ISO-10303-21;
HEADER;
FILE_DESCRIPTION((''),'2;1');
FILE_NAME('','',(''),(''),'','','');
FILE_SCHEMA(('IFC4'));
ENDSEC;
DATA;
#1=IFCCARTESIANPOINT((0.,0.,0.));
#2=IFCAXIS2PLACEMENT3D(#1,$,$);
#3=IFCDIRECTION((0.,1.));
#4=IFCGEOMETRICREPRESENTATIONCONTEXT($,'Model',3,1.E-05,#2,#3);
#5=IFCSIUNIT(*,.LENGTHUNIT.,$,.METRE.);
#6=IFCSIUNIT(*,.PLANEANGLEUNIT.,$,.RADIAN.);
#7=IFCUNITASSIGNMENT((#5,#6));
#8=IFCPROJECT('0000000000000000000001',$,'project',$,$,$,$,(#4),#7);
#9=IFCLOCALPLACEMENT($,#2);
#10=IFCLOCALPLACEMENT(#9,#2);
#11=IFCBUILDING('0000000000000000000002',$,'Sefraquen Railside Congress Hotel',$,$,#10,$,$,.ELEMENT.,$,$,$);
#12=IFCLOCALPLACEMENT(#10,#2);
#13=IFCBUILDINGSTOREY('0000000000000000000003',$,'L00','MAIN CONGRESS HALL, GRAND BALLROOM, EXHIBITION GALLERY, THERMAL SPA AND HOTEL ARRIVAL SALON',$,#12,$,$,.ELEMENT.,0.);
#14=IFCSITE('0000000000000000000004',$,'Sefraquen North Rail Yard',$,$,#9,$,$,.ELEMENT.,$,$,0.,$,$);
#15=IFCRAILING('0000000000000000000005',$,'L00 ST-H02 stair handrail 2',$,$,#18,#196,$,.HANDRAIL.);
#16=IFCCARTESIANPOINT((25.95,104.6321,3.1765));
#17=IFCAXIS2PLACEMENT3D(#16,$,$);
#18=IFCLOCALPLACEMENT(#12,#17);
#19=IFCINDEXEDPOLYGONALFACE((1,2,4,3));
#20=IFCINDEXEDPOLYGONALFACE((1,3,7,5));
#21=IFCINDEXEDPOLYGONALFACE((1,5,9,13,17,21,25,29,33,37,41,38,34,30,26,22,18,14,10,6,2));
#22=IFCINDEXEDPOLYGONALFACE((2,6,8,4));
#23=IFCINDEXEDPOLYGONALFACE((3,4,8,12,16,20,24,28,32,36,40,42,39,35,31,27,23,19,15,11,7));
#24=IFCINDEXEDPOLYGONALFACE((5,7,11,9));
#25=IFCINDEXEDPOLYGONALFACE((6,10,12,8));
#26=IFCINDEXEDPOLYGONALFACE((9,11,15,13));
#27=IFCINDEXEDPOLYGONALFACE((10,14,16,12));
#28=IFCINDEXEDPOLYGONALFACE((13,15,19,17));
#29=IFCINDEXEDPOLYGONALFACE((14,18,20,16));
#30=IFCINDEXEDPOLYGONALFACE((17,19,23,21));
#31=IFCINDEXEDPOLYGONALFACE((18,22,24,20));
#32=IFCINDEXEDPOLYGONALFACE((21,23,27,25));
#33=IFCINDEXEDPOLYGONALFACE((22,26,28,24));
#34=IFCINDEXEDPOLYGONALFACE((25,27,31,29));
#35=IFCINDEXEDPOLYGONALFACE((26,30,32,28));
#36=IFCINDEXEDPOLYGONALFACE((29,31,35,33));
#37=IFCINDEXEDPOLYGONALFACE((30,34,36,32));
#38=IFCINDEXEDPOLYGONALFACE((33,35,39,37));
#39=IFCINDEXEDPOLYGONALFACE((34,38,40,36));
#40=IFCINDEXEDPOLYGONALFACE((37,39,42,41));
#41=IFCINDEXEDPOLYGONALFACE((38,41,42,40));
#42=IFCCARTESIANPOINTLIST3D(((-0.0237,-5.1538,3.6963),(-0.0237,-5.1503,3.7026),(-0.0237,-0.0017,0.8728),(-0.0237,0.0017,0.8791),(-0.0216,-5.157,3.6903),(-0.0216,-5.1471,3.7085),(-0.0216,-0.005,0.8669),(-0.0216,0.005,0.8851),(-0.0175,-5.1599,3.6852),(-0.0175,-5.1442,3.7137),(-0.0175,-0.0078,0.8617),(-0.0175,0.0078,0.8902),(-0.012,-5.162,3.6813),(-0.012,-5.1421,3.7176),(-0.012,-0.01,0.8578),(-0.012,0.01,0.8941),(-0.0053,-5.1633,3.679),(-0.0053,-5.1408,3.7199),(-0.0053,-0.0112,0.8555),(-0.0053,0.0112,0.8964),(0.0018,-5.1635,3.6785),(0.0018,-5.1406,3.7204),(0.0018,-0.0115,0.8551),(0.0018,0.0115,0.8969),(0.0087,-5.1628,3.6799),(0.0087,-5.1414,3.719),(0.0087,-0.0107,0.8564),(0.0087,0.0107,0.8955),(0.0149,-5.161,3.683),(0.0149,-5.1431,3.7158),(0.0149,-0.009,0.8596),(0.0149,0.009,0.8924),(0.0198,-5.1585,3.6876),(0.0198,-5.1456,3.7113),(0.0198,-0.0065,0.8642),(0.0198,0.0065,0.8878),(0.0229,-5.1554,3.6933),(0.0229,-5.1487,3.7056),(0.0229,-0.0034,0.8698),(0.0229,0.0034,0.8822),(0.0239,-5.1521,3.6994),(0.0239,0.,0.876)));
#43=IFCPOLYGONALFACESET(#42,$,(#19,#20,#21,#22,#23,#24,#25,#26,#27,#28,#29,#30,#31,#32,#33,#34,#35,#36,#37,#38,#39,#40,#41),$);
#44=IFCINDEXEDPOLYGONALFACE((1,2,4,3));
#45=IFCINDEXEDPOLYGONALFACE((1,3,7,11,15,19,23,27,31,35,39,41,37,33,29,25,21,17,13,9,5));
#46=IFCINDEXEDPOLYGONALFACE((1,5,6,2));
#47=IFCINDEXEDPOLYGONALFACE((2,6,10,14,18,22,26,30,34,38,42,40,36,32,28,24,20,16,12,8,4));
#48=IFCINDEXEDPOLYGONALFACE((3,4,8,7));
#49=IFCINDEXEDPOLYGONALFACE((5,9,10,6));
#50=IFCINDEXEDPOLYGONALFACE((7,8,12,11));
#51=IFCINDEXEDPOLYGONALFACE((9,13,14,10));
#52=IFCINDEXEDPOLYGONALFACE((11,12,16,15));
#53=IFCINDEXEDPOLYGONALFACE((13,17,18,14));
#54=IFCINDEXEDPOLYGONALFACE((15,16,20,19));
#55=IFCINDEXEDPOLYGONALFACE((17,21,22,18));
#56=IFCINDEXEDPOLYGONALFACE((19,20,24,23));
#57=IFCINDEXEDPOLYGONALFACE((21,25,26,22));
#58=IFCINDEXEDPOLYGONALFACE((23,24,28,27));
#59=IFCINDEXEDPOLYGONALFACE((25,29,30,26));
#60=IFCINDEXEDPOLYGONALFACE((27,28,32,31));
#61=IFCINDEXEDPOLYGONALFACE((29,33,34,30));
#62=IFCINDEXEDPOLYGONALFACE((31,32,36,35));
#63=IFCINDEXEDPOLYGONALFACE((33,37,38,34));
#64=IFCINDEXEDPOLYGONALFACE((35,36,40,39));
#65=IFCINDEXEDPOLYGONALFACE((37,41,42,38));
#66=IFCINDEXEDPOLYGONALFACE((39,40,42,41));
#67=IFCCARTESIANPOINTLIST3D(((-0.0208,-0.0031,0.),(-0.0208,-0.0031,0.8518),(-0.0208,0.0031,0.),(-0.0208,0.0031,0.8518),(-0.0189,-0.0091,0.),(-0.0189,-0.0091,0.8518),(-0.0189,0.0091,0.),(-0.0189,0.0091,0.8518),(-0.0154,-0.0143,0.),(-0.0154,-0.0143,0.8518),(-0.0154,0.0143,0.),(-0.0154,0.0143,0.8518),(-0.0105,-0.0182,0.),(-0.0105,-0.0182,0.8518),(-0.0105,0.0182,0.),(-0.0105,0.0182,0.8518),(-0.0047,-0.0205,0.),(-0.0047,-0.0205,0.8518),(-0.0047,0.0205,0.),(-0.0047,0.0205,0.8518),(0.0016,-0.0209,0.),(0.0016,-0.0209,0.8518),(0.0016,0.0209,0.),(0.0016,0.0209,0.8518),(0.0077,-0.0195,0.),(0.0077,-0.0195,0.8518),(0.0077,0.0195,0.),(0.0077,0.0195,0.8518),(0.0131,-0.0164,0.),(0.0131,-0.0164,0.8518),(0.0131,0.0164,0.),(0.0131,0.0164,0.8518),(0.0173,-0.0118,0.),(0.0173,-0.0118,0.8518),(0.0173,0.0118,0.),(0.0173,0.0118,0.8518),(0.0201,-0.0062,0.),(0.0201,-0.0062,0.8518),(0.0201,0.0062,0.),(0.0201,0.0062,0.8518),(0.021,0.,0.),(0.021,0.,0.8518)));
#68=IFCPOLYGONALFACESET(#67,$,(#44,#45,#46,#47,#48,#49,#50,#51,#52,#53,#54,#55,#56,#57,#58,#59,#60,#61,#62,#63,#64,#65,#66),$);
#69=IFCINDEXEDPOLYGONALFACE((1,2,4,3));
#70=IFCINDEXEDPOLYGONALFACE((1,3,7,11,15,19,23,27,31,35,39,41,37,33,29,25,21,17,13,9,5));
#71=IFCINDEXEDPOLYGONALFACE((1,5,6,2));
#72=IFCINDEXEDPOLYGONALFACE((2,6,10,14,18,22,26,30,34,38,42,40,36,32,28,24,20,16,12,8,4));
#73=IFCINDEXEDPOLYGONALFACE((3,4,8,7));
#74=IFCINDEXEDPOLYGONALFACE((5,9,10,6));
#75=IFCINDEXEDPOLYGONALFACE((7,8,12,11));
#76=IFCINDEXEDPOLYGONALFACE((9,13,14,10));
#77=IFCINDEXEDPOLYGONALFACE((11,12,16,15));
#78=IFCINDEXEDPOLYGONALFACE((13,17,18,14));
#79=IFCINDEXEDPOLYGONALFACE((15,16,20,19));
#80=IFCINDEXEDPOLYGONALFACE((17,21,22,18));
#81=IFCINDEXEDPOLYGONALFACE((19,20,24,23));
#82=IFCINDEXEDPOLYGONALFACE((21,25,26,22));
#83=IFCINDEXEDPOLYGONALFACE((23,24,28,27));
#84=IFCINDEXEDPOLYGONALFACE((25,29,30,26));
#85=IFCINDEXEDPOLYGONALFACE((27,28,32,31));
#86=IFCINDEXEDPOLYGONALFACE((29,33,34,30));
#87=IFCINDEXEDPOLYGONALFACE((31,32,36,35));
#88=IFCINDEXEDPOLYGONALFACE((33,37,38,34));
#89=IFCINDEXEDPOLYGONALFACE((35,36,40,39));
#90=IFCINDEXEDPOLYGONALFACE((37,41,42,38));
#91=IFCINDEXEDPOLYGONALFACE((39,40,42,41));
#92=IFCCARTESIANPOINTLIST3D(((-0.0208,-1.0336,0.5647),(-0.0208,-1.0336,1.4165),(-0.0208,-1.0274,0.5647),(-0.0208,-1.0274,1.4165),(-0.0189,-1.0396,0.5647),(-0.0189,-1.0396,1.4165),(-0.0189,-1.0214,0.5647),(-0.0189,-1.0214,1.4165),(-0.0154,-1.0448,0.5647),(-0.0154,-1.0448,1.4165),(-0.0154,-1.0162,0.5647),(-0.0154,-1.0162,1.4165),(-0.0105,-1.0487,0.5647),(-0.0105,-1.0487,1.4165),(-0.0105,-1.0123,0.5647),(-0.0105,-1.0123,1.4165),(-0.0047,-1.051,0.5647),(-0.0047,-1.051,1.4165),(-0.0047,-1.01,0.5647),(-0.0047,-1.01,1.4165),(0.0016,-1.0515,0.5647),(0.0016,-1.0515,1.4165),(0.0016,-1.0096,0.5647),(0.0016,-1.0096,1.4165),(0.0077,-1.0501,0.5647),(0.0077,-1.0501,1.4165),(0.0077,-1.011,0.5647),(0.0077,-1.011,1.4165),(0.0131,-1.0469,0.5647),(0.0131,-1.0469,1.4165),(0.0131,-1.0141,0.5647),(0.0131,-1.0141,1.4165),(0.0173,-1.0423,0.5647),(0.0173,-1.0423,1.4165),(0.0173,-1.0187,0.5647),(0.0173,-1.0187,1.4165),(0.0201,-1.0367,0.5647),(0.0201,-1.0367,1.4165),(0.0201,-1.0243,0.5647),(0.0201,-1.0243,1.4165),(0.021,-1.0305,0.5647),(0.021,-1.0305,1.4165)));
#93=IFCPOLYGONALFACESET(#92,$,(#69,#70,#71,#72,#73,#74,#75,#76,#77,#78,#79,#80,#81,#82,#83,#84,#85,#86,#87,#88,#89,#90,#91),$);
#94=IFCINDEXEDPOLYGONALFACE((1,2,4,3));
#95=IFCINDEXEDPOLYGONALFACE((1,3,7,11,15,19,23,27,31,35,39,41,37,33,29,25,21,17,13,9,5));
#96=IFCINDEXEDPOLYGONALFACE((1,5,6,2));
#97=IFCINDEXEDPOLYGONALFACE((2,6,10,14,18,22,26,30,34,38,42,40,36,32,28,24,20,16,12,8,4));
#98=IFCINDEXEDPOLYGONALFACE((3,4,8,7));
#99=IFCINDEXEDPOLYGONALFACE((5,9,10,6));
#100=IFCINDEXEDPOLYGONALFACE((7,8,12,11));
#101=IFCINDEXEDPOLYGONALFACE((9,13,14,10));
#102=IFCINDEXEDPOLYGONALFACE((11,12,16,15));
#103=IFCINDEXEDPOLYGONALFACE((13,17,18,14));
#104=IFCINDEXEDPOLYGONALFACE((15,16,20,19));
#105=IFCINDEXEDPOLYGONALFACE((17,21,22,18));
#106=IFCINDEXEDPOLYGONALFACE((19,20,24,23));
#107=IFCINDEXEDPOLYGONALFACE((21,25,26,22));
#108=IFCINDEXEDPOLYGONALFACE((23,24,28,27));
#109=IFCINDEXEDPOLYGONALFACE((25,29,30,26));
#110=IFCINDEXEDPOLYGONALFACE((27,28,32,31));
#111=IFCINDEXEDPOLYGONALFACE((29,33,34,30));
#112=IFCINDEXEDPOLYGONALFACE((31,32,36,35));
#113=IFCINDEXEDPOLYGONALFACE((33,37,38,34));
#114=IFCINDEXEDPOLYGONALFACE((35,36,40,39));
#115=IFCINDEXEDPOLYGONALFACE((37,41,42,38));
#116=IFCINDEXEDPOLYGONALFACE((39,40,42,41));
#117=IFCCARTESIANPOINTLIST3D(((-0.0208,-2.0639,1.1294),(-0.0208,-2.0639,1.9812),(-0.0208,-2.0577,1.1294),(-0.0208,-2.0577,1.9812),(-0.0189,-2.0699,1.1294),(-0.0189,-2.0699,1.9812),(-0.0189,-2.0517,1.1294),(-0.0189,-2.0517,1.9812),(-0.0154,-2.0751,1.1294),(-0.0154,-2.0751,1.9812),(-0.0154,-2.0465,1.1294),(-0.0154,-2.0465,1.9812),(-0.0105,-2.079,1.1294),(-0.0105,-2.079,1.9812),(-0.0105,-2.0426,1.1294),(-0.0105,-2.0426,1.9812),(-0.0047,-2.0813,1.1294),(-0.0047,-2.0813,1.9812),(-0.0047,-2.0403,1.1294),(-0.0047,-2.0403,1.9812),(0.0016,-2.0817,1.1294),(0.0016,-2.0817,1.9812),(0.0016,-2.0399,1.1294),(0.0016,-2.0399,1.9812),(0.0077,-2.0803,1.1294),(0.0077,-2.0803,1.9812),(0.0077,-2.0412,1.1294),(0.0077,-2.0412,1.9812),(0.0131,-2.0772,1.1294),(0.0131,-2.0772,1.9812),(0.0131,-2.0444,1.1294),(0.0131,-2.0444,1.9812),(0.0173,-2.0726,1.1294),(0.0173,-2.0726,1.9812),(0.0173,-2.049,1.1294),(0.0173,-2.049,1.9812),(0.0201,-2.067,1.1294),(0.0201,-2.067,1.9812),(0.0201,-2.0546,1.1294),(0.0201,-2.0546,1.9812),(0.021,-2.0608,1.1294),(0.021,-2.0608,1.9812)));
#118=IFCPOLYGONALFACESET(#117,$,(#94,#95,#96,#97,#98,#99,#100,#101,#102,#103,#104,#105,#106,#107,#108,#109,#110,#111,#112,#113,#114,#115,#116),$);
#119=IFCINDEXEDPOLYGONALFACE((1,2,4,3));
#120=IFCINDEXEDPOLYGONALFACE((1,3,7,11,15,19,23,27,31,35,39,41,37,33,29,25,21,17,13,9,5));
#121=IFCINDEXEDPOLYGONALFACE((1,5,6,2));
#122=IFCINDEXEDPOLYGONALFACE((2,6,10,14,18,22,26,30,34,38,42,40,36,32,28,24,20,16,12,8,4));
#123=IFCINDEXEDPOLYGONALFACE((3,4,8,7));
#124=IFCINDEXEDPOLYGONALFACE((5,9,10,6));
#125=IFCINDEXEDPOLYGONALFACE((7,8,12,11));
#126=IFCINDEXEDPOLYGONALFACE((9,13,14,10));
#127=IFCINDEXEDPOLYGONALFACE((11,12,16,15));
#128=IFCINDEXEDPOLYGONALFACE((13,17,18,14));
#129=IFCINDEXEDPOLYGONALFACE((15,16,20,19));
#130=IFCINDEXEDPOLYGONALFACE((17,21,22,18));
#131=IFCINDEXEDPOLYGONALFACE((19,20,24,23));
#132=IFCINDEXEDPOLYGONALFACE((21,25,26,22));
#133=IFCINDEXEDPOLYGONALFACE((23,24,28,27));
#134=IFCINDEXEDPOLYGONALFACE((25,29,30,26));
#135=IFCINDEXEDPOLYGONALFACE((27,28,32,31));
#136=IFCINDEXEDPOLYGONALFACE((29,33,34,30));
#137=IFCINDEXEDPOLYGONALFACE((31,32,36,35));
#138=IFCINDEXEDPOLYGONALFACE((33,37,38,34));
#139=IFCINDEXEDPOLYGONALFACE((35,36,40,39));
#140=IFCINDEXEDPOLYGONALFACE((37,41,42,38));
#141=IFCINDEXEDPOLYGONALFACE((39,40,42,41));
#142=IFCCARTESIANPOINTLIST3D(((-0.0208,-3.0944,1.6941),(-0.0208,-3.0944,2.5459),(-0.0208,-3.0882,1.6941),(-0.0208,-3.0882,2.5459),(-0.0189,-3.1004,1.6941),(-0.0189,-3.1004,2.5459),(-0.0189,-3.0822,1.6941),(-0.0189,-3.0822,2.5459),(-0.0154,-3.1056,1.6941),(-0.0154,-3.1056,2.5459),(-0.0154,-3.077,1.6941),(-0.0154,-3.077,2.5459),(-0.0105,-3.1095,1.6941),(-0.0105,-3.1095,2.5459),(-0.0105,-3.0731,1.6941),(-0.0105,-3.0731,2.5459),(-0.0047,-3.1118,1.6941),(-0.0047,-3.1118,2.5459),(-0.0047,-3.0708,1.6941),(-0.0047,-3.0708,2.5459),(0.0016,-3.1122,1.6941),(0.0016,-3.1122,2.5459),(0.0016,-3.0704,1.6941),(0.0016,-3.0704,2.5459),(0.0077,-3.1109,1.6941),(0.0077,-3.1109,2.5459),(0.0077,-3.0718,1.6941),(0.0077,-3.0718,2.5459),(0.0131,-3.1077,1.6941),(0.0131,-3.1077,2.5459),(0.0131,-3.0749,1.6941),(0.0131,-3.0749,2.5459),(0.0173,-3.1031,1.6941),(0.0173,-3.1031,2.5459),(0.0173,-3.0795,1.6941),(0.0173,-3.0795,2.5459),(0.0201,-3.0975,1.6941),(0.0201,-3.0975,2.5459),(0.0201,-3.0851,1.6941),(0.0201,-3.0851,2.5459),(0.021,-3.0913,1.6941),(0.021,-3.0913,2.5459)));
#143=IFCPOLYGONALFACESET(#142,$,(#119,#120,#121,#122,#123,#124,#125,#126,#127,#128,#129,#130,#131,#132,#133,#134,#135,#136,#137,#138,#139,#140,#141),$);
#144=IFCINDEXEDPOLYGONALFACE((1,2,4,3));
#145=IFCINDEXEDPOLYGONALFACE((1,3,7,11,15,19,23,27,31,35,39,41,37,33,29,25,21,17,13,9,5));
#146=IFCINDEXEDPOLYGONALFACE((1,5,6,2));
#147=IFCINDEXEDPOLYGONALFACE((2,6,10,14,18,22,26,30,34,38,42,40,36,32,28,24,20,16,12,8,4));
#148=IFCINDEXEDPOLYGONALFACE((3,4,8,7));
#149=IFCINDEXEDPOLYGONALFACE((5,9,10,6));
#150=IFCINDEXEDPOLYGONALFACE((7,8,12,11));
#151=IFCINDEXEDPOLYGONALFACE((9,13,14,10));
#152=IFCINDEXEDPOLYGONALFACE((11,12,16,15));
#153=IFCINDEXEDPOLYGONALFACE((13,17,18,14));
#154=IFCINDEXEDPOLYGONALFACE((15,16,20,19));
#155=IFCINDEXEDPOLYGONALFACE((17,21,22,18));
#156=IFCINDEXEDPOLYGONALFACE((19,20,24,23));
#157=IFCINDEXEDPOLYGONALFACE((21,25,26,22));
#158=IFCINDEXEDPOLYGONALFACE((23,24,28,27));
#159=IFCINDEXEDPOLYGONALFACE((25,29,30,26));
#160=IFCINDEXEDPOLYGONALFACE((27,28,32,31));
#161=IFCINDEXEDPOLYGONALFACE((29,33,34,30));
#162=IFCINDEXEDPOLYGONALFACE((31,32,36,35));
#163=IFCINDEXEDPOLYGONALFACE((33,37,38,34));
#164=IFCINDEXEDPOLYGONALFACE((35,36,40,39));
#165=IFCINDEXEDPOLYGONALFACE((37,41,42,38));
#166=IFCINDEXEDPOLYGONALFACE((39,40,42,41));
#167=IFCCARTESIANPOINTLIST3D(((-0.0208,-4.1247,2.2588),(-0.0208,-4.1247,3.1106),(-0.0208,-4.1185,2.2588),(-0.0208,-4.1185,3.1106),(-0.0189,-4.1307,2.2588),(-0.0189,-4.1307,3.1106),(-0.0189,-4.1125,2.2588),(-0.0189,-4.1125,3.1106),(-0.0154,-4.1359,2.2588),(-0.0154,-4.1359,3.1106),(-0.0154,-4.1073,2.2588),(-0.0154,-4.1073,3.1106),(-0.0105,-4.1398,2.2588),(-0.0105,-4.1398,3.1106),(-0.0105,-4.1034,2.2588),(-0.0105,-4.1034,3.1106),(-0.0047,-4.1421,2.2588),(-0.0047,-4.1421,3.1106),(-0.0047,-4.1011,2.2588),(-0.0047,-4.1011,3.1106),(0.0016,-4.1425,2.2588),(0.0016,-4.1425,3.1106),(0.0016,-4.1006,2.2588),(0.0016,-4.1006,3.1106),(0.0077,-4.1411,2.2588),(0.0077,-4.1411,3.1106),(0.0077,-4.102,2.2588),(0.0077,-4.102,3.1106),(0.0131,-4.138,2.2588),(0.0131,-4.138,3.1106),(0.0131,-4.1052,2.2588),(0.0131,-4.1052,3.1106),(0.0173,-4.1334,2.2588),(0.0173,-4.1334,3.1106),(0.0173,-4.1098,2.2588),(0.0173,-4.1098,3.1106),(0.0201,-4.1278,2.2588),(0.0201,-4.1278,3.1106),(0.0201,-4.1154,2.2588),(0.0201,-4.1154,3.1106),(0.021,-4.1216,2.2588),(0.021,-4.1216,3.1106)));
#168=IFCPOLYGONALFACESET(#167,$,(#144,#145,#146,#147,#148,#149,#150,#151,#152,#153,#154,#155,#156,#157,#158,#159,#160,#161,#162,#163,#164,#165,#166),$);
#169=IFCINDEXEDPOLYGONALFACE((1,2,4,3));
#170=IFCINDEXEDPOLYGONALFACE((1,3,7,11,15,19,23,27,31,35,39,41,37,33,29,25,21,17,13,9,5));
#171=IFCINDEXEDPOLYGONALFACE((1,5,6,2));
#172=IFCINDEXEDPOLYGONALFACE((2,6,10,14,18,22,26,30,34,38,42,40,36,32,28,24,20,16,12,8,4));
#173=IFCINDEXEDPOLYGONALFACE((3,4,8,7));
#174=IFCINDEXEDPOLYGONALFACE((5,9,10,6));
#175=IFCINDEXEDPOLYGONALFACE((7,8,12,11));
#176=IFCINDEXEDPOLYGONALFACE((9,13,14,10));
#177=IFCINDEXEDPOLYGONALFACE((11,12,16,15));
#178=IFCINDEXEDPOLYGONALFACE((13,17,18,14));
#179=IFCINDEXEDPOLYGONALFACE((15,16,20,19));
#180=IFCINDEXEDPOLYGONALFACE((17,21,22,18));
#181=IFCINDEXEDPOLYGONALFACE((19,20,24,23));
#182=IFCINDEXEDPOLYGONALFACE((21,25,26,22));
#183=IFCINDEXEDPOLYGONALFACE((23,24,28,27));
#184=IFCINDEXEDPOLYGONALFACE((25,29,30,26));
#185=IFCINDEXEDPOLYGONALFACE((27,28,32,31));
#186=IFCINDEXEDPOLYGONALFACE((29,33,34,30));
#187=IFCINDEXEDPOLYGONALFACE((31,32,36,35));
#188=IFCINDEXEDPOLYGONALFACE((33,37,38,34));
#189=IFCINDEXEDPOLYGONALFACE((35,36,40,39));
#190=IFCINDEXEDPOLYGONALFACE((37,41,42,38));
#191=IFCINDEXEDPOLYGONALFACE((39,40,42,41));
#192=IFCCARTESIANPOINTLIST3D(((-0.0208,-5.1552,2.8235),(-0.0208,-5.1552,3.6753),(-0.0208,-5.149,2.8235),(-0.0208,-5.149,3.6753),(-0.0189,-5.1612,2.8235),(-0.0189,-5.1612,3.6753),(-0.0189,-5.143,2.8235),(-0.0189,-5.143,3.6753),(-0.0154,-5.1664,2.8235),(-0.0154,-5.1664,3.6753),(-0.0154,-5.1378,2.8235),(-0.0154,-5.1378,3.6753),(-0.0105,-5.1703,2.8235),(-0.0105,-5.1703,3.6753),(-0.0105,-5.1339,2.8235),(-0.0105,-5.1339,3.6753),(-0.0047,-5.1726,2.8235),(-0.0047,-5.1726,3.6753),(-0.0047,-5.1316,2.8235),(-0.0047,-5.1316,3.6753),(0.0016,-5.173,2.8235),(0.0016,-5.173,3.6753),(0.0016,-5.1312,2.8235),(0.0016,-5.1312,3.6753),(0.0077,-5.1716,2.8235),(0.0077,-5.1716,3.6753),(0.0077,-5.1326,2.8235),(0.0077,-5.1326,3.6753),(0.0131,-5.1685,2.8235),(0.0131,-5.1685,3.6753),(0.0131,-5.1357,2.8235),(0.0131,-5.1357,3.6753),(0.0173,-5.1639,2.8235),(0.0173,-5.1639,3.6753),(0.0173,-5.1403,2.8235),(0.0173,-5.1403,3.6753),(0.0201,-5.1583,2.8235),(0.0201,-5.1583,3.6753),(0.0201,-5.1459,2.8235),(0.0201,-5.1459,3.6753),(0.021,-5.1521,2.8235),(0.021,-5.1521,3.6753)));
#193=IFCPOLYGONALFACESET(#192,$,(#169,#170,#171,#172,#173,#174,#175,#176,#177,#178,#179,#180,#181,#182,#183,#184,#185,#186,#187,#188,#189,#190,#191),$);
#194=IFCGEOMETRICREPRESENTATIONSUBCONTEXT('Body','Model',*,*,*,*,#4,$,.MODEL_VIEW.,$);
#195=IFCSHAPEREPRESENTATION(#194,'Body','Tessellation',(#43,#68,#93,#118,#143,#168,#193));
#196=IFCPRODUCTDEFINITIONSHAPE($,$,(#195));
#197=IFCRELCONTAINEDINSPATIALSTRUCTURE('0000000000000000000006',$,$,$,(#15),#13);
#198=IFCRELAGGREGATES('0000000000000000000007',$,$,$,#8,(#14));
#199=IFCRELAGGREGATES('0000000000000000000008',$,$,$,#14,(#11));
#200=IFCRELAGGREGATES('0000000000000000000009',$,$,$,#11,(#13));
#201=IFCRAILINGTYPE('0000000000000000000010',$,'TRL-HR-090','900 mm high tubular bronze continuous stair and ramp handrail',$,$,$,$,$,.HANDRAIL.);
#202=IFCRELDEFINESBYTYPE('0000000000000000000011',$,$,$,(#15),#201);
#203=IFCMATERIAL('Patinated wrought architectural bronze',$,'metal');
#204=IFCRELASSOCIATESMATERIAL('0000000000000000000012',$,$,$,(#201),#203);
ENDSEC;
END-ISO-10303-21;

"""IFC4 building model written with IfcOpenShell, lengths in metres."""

from ifc_helpers import new_model, si_unit, direction, frame, origin, origin_2d, place, context, subcontext, project, spatial, circle, extrude, material, type_object, element, save


model = new_model("IFC4")

# Units and contexts
model_context = context("Model", 3, precision=1e-05, world=origin(), true_north=direction((0.0, 1.0)))
body_context = subcontext(model_context, "Body", "Model", "MODEL_VIEW")
ifc_project = project(units=[si_unit("LENGTHUNIT", "METRE"), si_unit("PLANEANGLEUNIT", "RADIAN")], contexts=[model_context])

# Site, building, storey
site_placement = place(None, origin())
site = spatial("IfcSite", under=ifc_project, at=site_placement, Name="Sefraquen North Rail Yard", CompositionType="ELEMENT", RefElevation=0.0)
building_placement = place(site_placement, origin())
building = spatial("IfcBuilding", under=site, at=building_placement, Name="Sefraquen Railside Congress Hotel", CompositionType="ELEMENT")
storey_placement = place(building_placement, origin())
storey = spatial("IfcBuildingStorey", under=building, at=storey_placement, Name="L00", Description="MAIN CONGRESS HALL, GRAND BALLROOM, EXHIBITION GALLERY, THERMAL SPA AND HOTEL ARRIVAL SALON", CompositionType="ELEMENT", Elevation=0.0)

# Railing
ifc_material_1 = material(Name="Patinated wrought architectural bronze", Category="metal")
railing_type_1 = type_object("IfcRailingType", Name="TRL-HR-090", Description="900 mm high tubular bronze continuous stair and ramp handrail", PredefinedType="HANDRAIL", material=ifc_material_1)
railing_1_placement = place(storey_placement, frame((25.95, 104.6321, 3.1765)))
element("IfcRailing", 1, at=railing_1_placement, inside=storey, type_object=railing_type_1, Name="L00 ST-H02 stair handrail 2", PredefinedType="HANDRAIL", context=body_context, shape_type="SweptSolid", body=[
    extrude(circle(Radius=0.0239, at=origin_2d()), frame((0.0, 0.0, 0.876), z_axis=(0.0, -0.876946, 0.480589), x_axis=(1.0, 0.0, 0.0)), (0.0, 0.0, 1.0), 5.875),
    extrude(circle(Radius=0.021, at=origin_2d()), origin(), (0.0, 0.0, 1.0), 0.8518),
    extrude(circle(Radius=0.021, at=origin_2d()), frame((0.0, -1.0305, 0.5647)), (0.0, 0.0, 1.0), 0.8518),
    extrude(circle(Radius=0.021, at=origin_2d()), frame((0.0, -2.0608, 1.1294)), (0.0, 0.0, 1.0), 0.8518),
    extrude(circle(Radius=0.021, at=origin_2d()), frame((0.0, -3.0913, 1.6941)), (0.0, 0.0, 1.0), 0.8518),
    extrude(circle(Radius=0.021, at=origin_2d()), frame((0.0, -4.1216, 2.2588)), (0.0, 0.0, 1.0), 0.8518),
    extrude(circle(Radius=0.021, at=origin_2d()), frame((0.0, -5.1521, 2.8235)), (0.0, 0.0, 1.0), 0.8518),
])

save(model, "model.ifc")
